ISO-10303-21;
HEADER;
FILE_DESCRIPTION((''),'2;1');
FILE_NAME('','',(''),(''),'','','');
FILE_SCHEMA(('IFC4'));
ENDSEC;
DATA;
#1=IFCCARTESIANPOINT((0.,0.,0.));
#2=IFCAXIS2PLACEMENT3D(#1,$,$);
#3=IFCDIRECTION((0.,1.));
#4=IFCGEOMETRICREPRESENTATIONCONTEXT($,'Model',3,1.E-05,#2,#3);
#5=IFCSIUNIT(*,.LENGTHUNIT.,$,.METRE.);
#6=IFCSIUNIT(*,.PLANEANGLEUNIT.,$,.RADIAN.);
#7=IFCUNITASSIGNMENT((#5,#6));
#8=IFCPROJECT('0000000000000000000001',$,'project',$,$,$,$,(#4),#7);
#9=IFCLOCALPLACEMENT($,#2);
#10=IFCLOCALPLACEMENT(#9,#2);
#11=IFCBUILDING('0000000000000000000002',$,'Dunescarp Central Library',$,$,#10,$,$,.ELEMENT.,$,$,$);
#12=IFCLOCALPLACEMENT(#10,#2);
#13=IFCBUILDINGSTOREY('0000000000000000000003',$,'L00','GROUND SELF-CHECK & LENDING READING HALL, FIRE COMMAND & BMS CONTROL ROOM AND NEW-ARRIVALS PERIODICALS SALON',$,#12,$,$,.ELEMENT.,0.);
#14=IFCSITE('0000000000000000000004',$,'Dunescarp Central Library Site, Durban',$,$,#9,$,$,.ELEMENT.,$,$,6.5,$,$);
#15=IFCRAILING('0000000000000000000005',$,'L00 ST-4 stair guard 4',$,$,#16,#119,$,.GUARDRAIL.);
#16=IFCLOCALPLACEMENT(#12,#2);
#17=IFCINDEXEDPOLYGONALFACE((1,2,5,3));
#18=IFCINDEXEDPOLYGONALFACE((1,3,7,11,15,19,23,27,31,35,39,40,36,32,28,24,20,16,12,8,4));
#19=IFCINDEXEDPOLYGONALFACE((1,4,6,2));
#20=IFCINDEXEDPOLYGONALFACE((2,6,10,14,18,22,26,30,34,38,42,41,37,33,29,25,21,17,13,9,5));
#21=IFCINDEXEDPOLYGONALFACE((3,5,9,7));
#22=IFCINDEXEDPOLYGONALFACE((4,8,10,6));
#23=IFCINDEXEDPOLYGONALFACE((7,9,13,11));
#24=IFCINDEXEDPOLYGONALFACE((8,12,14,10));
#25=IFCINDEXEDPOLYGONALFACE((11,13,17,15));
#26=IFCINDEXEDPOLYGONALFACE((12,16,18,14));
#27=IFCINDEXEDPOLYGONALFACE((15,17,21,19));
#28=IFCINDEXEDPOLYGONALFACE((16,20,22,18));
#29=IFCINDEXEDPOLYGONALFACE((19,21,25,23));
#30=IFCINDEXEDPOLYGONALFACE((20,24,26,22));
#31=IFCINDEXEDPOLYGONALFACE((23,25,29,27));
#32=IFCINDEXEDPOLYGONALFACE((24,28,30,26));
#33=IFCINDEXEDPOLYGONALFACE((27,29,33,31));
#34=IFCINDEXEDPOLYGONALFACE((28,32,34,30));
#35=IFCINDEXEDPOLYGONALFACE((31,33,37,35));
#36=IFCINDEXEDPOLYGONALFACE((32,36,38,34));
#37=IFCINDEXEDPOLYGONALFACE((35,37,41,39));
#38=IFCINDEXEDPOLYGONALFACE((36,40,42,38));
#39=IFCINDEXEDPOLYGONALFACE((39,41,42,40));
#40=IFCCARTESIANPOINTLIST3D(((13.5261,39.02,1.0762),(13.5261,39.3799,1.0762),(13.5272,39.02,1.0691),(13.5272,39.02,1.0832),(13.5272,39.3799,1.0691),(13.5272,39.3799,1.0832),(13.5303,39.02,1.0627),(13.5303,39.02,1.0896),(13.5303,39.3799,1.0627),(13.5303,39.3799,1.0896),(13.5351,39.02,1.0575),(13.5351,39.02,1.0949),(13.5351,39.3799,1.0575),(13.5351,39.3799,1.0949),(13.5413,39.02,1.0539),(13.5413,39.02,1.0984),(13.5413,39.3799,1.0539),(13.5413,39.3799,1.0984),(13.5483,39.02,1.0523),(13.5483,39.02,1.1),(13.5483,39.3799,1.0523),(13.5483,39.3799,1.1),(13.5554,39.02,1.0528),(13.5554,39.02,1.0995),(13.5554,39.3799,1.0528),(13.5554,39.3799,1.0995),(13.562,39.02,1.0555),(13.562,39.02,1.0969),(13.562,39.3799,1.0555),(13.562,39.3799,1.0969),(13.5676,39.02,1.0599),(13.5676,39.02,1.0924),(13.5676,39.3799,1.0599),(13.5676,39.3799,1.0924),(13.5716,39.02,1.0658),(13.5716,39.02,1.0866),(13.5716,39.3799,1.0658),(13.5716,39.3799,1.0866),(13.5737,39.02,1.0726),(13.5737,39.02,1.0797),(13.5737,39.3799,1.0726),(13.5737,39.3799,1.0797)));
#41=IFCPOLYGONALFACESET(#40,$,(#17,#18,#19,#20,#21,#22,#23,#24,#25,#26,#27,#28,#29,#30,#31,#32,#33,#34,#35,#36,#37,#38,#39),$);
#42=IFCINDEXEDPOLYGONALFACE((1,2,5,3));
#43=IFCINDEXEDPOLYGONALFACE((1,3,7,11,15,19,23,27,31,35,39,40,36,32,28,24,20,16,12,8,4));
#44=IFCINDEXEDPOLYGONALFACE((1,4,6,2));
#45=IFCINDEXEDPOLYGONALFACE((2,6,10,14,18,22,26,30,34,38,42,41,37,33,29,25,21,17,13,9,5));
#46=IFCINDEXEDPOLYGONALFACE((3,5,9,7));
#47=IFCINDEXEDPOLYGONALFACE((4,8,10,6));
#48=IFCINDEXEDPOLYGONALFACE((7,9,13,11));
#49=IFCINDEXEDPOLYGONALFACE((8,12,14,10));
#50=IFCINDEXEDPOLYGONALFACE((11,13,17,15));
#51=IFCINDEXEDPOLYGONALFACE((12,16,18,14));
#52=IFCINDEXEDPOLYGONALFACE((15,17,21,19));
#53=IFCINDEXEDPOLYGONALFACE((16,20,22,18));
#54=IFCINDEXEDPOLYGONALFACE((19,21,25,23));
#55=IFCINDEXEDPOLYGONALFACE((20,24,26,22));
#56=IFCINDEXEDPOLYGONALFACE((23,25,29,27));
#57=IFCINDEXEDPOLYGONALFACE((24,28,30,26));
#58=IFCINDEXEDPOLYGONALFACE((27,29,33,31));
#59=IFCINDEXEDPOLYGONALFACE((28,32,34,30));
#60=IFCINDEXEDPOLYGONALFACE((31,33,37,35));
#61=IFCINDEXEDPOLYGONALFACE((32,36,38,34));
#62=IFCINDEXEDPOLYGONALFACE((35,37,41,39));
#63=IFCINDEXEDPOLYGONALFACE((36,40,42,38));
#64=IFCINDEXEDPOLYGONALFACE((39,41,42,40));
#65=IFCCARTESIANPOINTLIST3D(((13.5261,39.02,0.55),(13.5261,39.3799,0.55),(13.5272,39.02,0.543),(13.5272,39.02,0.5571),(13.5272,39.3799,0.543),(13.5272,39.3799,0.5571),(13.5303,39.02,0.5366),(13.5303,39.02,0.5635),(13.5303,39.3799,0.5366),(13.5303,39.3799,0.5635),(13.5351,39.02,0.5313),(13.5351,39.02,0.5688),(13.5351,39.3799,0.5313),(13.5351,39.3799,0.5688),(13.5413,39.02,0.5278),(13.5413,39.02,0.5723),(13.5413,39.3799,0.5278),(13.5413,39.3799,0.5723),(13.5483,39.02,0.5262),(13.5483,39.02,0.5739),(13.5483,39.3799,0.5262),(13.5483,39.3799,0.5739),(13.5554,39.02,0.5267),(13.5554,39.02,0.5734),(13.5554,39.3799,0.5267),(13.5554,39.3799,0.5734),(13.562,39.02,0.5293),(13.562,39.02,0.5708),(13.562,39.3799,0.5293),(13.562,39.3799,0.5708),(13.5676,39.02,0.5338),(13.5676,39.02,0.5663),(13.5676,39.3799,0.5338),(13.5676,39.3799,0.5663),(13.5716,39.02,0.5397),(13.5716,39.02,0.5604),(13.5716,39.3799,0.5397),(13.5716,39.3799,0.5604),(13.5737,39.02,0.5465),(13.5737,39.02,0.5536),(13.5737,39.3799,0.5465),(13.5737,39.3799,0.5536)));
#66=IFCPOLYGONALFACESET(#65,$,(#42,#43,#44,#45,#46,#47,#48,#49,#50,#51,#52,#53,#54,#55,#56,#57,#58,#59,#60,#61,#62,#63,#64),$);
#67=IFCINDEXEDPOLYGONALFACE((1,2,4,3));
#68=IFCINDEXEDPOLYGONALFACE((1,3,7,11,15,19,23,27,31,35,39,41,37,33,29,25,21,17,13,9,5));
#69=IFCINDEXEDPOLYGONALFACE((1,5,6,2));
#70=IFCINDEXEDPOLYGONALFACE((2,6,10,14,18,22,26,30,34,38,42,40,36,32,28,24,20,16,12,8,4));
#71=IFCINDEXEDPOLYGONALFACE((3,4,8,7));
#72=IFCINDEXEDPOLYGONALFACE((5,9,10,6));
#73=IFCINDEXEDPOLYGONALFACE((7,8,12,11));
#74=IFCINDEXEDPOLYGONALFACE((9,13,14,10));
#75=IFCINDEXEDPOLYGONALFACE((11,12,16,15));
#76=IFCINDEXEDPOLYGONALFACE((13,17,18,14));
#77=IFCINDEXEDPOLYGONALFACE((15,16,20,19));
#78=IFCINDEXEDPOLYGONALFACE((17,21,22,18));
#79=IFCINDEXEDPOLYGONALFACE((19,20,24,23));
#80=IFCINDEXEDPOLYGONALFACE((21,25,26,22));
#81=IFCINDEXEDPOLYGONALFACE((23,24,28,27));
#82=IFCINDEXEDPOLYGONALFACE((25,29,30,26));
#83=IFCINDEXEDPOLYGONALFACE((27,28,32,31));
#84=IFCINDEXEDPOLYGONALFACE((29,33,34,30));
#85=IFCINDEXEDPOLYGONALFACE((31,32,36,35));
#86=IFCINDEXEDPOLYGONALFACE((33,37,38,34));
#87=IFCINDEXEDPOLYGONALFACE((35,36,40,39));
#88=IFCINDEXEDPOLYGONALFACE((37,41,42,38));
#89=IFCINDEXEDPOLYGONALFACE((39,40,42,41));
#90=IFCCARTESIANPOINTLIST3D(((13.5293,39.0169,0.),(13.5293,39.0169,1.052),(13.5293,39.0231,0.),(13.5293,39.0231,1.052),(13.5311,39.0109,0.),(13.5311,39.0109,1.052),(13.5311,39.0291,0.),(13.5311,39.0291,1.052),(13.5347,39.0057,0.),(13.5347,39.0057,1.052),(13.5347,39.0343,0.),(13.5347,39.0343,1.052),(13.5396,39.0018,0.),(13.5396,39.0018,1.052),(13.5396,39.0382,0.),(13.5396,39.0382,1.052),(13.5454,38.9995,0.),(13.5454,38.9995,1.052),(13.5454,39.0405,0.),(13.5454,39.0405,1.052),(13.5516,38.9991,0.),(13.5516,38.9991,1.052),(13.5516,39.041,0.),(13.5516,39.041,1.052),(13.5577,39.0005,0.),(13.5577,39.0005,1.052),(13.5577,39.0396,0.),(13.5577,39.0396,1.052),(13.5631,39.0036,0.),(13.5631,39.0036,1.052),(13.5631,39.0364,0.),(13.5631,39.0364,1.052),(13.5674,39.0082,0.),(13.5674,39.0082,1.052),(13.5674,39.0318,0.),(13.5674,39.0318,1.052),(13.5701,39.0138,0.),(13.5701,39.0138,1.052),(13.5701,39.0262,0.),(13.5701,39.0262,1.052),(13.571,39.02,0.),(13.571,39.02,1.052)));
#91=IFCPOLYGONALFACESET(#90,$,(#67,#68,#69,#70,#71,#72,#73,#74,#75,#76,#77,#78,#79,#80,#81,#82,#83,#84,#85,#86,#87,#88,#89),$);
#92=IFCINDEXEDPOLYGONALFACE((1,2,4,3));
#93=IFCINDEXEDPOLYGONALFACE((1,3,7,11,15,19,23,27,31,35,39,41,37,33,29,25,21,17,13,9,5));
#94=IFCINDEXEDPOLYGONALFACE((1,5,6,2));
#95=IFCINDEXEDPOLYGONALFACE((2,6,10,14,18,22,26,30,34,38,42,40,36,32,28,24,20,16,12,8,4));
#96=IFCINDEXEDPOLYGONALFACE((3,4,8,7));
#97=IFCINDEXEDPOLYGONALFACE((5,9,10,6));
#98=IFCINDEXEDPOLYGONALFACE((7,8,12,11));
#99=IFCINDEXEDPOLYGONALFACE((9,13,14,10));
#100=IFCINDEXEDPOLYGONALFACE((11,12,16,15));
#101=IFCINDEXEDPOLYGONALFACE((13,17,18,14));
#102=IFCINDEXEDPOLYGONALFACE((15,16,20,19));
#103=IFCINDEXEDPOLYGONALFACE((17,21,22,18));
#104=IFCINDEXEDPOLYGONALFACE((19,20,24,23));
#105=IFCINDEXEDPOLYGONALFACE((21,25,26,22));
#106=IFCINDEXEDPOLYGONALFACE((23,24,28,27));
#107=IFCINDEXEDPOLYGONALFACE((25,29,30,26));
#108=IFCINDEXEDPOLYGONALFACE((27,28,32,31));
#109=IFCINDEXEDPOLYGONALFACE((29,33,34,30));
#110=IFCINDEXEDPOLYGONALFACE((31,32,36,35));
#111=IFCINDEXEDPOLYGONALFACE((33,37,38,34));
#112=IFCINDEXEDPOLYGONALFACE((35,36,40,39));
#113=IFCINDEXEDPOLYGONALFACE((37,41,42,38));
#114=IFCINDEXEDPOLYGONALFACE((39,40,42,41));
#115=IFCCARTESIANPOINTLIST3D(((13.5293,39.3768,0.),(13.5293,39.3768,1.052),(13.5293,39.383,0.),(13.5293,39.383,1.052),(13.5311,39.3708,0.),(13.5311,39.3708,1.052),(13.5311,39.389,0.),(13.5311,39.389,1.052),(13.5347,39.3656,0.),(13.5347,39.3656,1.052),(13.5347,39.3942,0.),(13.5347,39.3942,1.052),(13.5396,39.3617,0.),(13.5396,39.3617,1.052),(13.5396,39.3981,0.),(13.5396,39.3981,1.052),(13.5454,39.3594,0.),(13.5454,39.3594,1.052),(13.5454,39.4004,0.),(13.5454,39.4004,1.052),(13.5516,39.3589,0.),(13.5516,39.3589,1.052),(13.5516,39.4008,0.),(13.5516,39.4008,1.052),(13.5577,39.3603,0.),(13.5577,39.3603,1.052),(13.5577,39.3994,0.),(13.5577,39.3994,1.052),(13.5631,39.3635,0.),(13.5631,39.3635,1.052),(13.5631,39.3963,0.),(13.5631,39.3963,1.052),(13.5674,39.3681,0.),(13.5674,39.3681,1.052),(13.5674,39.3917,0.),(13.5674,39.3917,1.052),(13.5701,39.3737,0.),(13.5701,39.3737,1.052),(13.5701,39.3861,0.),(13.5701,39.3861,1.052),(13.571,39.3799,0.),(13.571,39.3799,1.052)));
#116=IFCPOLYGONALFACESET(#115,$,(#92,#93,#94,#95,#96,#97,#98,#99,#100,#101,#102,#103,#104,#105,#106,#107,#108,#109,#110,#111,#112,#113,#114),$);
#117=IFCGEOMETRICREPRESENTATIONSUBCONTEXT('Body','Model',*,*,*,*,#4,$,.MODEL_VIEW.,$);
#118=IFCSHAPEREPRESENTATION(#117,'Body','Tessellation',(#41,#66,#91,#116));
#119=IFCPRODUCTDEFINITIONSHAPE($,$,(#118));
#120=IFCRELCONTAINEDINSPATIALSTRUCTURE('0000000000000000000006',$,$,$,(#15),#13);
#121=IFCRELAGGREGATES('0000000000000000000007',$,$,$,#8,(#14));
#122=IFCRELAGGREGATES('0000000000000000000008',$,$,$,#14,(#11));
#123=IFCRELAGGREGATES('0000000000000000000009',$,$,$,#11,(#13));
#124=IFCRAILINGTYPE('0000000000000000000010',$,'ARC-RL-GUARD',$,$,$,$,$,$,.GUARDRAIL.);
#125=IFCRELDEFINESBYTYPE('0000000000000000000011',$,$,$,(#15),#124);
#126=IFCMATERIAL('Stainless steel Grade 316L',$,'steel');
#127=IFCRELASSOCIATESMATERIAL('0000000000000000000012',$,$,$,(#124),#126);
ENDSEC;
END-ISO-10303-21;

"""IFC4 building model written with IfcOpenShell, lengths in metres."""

from ifc_helpers import new_model, si_unit, direction, frame, origin, origin_2d, place, context, subcontext, project, spatial, circle, extrude, material, type_object, element, save


model = new_model("IFC4")

# Units and contexts
model_context = context("Model", 3, precision=1e-05, world=origin(), true_north=direction((0.0, 1.0)))
body_context = subcontext(model_context, "Body", "Model", "MODEL_VIEW")
ifc_project = project(units=[si_unit("LENGTHUNIT", "METRE"), si_unit("PLANEANGLEUNIT", "RADIAN")], contexts=[model_context])

# Site, building, storey
site_placement = place(None, origin())
site = spatial("IfcSite", under=ifc_project, at=site_placement, Name="Dunescarp Central Library Site, Durban", CompositionType="ELEMENT", RefElevation=6.5)
building_placement = place(site_placement, origin())
building = spatial("IfcBuilding", under=site, at=building_placement, Name="Dunescarp Central Library", CompositionType="ELEMENT")
storey_placement = place(building_placement, origin())
storey = spatial("IfcBuildingStorey", under=building, at=storey_placement, Name="L00", Description="GROUND SELF-CHECK & LENDING READING HALL, FIRE COMMAND & BMS CONTROL ROOM AND NEW-ARRIVALS PERIODICALS SALON", CompositionType="ELEMENT", Elevation=0.0)

# Railing
ifc_material_1 = material(Name="Stainless steel Grade 316L", Category="steel")
railing_type = type_object("IfcRailingType", Name="ARC-RL-GUARD", PredefinedType="GUARDRAIL", material=ifc_material_1)
railing_1_placement = place(storey_placement, frame((13.55, 39.02, 0.0)))
element("IfcRailing", 1, at=railing_1_placement, inside=storey, type_object=railing_type, Name="L00 ST-4 stair guard 4", PredefinedType="GUARDRAIL", context=body_context, shape_type="SweptSolid", body=[
    extrude(circle(Radius=0.0239, at=origin_2d()), frame((0.0, 0.0, 1.0762), z_axis=(0.0, 1.0, 0.0), x_axis=(-1.0, 0.0, 0.0)), (0.0, 0.0, 1.0), 0.3599),
    extrude(circle(Radius=0.0239, at=origin_2d()), frame((0.0, 0.0, 0.55), z_axis=(0.0, 1.0, 0.0), x_axis=(-1.0, 0.0, 0.0)), (0.0, 0.0, 1.0), 0.3599),
    extrude(circle(Radius=0.021, at=origin_2d()), origin(), (0.0, 0.0, 1.0), 1.052),
    extrude(circle(Radius=0.021, at=origin_2d()), frame((0.0, 0.3599, 0.0)), (0.0, 0.0, 1.0), 1.052),
])

save(model, "model.ifc")
